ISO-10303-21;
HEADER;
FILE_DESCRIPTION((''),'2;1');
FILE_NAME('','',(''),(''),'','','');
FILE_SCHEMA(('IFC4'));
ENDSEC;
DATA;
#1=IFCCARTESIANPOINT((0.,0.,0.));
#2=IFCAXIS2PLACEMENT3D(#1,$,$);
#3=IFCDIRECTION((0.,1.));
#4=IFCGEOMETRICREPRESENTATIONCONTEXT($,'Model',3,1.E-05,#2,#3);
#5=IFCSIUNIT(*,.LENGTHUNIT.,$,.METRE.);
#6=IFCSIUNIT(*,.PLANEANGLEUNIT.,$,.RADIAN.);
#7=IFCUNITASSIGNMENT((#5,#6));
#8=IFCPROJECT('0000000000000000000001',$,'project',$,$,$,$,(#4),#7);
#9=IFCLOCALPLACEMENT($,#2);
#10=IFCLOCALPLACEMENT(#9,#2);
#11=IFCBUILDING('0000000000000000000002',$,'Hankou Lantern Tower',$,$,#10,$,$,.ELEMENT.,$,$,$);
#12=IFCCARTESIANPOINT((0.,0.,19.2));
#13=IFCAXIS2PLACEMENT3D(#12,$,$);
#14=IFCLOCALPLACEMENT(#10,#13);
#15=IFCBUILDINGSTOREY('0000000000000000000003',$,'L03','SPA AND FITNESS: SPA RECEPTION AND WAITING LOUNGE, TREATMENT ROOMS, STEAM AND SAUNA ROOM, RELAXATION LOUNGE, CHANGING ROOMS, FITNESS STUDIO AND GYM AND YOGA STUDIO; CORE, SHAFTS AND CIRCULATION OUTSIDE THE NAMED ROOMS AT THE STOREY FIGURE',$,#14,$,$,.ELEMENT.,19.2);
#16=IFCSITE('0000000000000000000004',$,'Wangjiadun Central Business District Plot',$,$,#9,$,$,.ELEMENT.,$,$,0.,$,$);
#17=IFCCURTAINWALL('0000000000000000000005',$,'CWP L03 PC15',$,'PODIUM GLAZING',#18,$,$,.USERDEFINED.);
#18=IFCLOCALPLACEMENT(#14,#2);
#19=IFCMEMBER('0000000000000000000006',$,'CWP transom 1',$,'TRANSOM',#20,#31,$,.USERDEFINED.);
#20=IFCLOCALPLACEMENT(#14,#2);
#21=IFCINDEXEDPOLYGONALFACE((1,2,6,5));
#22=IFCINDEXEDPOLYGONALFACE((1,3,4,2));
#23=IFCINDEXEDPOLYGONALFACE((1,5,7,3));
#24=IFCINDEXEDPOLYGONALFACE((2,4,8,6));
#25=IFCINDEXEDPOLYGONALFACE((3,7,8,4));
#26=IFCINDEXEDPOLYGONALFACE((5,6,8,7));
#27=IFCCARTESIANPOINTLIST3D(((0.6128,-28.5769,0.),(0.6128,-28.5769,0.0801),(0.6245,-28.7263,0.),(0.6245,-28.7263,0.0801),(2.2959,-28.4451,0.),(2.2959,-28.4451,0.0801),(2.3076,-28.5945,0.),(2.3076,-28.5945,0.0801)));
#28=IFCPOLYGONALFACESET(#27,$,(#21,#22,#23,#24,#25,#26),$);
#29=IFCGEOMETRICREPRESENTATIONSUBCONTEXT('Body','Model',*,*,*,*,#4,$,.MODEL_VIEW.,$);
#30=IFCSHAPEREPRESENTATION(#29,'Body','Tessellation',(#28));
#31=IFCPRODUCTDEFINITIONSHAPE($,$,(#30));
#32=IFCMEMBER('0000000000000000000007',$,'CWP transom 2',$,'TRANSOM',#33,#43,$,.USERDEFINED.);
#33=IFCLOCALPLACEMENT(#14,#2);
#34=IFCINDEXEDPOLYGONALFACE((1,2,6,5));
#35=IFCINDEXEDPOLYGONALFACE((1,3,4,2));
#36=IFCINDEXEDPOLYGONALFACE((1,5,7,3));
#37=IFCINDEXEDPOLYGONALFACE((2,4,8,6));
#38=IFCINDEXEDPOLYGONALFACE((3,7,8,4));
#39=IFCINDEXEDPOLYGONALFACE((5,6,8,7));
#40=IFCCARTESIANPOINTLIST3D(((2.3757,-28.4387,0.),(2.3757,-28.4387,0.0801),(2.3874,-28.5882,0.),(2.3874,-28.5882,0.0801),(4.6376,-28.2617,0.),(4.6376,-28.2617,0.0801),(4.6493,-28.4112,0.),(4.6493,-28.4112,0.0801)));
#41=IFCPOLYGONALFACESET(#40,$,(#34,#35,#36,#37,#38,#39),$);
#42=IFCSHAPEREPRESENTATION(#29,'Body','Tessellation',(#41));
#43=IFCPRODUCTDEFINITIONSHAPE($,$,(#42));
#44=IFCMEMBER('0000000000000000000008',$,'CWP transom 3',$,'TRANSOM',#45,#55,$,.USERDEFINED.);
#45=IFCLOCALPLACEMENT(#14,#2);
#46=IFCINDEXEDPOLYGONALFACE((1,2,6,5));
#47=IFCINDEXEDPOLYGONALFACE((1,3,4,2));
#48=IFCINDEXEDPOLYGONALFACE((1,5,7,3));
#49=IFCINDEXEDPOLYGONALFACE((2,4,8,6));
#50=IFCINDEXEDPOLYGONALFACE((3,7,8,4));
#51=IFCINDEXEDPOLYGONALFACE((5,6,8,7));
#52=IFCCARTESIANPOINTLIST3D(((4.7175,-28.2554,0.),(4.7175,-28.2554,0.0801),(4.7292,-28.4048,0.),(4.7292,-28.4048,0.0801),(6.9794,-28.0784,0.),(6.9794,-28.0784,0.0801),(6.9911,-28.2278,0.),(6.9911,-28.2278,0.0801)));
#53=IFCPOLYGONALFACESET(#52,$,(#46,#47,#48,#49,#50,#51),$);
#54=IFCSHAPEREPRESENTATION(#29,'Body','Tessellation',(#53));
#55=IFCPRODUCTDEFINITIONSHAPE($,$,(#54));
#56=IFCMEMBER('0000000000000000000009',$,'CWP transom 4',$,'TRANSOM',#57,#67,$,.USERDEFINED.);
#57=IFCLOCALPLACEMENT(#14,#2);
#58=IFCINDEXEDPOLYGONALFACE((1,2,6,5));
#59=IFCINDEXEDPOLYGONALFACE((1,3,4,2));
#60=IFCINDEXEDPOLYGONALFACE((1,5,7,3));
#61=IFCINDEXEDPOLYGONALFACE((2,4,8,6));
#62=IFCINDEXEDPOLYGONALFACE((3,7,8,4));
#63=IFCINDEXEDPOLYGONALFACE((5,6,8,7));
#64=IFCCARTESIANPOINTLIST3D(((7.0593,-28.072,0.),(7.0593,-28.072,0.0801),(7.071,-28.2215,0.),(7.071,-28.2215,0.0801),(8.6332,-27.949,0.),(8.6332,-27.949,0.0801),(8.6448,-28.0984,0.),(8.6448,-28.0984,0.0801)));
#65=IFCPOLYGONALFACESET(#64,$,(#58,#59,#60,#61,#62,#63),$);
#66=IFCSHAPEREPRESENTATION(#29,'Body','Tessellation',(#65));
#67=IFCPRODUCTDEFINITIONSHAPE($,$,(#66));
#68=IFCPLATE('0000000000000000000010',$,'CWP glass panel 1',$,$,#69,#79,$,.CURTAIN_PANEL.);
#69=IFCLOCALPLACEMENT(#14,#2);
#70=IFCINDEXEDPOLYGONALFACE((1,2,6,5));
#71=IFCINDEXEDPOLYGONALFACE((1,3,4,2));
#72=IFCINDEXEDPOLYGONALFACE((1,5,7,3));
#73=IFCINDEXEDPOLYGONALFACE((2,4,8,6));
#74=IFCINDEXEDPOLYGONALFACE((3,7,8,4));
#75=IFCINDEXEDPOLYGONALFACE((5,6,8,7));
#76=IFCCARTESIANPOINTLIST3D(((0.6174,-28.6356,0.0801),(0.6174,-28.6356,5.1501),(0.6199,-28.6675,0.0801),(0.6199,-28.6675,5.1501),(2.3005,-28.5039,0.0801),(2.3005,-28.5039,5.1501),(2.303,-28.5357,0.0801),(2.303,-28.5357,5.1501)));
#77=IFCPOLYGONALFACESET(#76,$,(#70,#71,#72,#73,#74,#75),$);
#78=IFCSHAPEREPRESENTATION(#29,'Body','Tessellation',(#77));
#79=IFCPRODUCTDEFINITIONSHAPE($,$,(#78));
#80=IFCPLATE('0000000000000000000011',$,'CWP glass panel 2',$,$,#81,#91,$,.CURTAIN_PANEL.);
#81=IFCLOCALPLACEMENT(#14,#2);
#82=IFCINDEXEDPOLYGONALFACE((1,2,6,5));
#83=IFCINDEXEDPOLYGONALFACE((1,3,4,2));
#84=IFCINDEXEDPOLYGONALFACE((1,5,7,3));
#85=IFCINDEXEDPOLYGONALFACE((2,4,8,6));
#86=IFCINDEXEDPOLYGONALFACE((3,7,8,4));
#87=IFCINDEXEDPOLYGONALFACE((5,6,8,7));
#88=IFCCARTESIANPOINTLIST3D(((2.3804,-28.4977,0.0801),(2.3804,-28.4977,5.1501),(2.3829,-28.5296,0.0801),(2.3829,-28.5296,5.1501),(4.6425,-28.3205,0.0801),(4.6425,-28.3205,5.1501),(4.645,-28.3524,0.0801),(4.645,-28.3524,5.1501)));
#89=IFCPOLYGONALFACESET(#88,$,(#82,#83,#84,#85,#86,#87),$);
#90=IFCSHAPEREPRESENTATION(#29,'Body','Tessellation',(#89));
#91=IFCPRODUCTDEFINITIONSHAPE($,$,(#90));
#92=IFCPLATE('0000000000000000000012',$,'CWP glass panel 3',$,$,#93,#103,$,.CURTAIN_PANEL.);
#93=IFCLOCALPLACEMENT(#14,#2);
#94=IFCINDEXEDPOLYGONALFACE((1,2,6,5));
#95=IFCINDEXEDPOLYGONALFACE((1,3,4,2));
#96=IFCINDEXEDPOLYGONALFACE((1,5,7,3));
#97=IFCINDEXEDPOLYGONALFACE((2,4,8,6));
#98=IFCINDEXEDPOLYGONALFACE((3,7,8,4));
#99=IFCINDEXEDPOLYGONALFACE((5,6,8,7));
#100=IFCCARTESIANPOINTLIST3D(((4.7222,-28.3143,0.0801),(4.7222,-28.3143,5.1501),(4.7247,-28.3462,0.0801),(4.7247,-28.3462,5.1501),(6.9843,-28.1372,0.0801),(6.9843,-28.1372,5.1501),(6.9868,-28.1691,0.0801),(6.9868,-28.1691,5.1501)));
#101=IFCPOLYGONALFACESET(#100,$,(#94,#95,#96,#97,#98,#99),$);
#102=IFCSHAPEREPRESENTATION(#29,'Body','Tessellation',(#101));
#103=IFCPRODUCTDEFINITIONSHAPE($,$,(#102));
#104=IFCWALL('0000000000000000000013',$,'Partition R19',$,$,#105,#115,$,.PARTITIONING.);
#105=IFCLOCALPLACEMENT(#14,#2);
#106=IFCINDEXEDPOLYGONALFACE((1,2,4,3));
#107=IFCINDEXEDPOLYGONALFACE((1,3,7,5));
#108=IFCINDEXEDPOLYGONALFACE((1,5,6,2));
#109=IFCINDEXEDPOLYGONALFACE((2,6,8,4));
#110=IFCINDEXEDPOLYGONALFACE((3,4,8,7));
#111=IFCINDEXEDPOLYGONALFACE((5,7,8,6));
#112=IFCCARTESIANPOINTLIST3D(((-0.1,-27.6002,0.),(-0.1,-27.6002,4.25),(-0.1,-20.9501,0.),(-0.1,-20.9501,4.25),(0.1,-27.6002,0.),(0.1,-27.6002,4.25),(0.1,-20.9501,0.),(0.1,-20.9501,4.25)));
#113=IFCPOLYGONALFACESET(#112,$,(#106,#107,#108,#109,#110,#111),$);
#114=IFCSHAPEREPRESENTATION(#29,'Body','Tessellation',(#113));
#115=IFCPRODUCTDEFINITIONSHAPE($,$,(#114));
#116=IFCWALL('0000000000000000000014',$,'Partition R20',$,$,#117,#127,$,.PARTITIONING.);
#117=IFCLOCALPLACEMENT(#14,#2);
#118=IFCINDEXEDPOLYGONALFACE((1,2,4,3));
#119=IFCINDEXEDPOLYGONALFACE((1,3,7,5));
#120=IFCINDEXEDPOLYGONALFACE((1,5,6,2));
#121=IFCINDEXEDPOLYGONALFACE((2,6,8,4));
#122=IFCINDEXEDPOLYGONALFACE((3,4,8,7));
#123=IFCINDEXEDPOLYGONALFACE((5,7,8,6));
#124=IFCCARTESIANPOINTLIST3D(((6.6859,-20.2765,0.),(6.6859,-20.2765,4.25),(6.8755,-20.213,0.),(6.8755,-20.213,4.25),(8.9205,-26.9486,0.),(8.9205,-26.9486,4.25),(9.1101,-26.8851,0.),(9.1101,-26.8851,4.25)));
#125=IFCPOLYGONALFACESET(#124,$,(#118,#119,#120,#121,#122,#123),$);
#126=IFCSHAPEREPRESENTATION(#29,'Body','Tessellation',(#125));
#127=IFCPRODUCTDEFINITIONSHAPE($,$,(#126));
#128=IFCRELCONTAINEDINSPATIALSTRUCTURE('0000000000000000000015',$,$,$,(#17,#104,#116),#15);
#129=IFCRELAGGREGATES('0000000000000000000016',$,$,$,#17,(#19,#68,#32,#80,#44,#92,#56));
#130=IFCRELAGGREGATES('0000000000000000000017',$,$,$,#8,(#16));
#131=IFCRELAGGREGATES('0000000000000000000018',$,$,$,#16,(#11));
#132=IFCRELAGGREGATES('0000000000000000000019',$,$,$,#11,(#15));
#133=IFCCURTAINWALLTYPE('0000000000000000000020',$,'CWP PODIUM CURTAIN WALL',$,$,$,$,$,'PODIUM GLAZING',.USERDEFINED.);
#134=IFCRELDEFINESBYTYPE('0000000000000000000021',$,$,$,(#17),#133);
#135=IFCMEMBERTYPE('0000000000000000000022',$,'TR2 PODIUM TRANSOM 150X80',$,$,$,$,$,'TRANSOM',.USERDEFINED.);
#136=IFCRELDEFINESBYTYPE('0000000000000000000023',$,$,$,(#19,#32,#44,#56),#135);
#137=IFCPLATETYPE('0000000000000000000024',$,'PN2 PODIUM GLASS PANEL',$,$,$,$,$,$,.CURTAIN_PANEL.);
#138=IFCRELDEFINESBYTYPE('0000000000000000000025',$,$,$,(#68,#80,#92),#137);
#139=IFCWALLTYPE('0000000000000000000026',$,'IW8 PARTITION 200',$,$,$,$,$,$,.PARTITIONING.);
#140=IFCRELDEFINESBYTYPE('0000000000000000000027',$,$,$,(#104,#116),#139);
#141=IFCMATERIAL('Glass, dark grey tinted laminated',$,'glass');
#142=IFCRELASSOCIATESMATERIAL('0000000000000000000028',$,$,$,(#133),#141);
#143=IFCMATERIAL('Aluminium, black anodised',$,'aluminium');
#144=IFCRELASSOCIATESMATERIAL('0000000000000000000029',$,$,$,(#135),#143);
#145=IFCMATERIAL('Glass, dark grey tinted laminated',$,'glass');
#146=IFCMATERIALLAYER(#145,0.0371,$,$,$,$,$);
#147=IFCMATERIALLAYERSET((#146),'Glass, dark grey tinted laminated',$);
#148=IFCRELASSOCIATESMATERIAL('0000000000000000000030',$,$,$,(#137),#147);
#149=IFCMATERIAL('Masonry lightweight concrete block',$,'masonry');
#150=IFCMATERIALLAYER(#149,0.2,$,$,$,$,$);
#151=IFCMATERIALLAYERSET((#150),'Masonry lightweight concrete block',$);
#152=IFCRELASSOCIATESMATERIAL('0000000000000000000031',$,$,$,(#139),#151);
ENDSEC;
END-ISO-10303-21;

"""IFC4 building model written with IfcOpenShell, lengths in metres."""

from ifc_helpers import new_model, si_unit, direction, frame, frame_2d, origin, origin_2d, place, context, subcontext, project, spatial, rectangle, extrude, material, layer, layer_set, material_profile, profile_set, type_object, element, aggregate, save


model = new_model("IFC4")

# Units and contexts
model_context = context("Model", 3, precision=1e-05, world=origin(), true_north=direction((0.0, 1.0)))
body_context = subcontext(model_context, "Body", "Model", "MODEL_VIEW")
ifc_project = project(units=[si_unit("LENGTHUNIT", "METRE"), si_unit("PLANEANGLEUNIT", "RADIAN")], contexts=[model_context])

# Site, building, storey
site_placement = place(None, origin())
site = spatial("IfcSite", under=ifc_project, at=site_placement, Name="Wangjiadun Central Business District Plot", CompositionType="ELEMENT", RefElevation=0.0)
building_placement = place(site_placement, origin())
building = spatial("IfcBuilding", under=site, at=building_placement, Name="Hankou Lantern Tower", CompositionType="ELEMENT")
storey_placement = place(building_placement, frame((0.0, 0.0, 19.2)))
storey = spatial("IfcBuildingStorey", under=building, at=storey_placement, Name="L03", Description="SPA AND FITNESS: SPA RECEPTION AND WAITING LOUNGE, TREATMENT ROOMS, STEAM AND SAUNA ROOM, RELAXATION LOUNGE, CHANGING ROOMS, FITNESS STUDIO AND GYM AND YOGA STUDIO; CORE, SHAFTS AND CIRCULATION OUTSIDE THE NAMED ROOMS AT THE STOREY FIGURE", CompositionType="ELEMENT", Elevation=19.2)

# Curtain wall
ifc_material_1 = material(Name="Glass, dark grey tinted laminated", Category="glass")
curtain_wall_type = type_object("IfcCurtainWallType", Name="CWP PODIUM CURTAIN WALL", ElementType="PODIUM GLAZING", PredefinedType="USERDEFINED", material=ifc_material_1)
curtain_wall_placement = place(storey_placement, origin())
curtain_wall = element("IfcCurtainWall", 1, at=curtain_wall_placement, inside=storey, type_object=curtain_wall_type, Name="CWP L03 PC15", ObjectType="PODIUM GLAZING", PredefinedType="USERDEFINED")

# Members
ifc_material_2 = material(Name="Aluminium, black anodised", Category="aluminium")
ifc_material_profile_1 = material_profile(ifc_material_2, rectangle(XDim=0.1499, YDim=0.0801, at=origin_2d()), Name="TR2 150X80")
ifc_profile_set_1 = profile_set([ifc_material_profile_1], Name="Aluminium, black anodised")
member_type_1 = type_object("IfcMemberType", Name="TR2 PODIUM TRANSOM 150X80", ElementType="TRANSOM", PredefinedType="USERDEFINED", material=ifc_profile_set_1)
member_1_placement = place(storey_placement, frame((0.6187, -28.6516, 0.04), z_axis=(0.996946, 0.07809, 0.0), x_axis=(-0.07809, 0.996946, 0.0)))
member_1 = element("IfcMember", 2, at=member_1_placement, type_object=member_type_1, Name="CWP transom 1", ObjectType="TRANSOM", PredefinedType="USERDEFINED", context=body_context, shape_type="SweptSolid", body=[
    extrude(rectangle(XDim=0.1499, YDim=0.0801, at=origin_2d()), origin(), (0.0, 0.0, 1.0), 1.6882),
])
member_2_placement = place(storey_placement, frame((2.3816, -28.5134, 0.04), z_axis=(0.996952, 0.078013, 0.0), x_axis=(-0.078013, 0.996952, 0.0)))
member_2 = element("IfcMember", 3, at=member_2_placement, type_object=member_type_1, Name="CWP transom 2", ObjectType="TRANSOM", PredefinedType="USERDEFINED", context=body_context, shape_type="SweptSolid", body=[
    extrude(rectangle(XDim=0.1499, YDim=0.0801, at=origin_2d()), origin(), (0.0, 0.0, 1.0), 2.2688),
])
member_3_placement = place(storey_placement, frame((4.7234, -28.3301, 0.04), z_axis=(0.996952, 0.078013, 0.0), x_axis=(-0.078013, 0.996952, 0.0)))
member_3 = element("IfcMember", 4, at=member_3_placement, type_object=member_type_1, Name="CWP transom 3", ObjectType="TRANSOM", PredefinedType="USERDEFINED", context=body_context, shape_type="SweptSolid", body=[
    extrude(rectangle(XDim=0.1499, YDim=0.0801, at=origin_2d()), origin(), (0.0, 0.0, 1.0), 2.2688),
])
member_4_placement = place(storey_placement, frame((7.0652, -28.1467, 0.04), z_axis=(0.996957, 0.07795, 0.0), x_axis=(-0.07795, 0.996957, 0.0)))
member_4 = element("IfcMember", 5, at=member_4_placement, type_object=member_type_1, Name="CWP transom 4", ObjectType="TRANSOM", PredefinedType="USERDEFINED", context=body_context, shape_type="SweptSolid", body=[
    extrude(rectangle(XDim=0.1499, YDim=0.0801, at=origin_2d()), origin(), (0.0, 0.0, 1.0), 1.5786),
])

# Plates
ifc_material_3 = material(Name="Glass, dark grey tinted laminated", Category="glass")
ifc_layer_1 = layer(ifc_material_3, 0.0371)
ifc_layer_set_1 = layer_set([ifc_layer_1], Name="Glass, dark grey tinted laminated")
plate_type = type_object("IfcPlateType", Name="PN2 PODIUM GLASS PANEL", PredefinedType="CURTAIN_PANEL", material=ifc_layer_set_1)
plate_1_placement = place(storey_placement, frame((1.4602, -28.5857, 0.0801), z_axis=(0.0, 0.0, 1.0), x_axis=(0.996949, 0.078062, 0.0)))
plate_1 = element("IfcPlate", 6, at=plate_1_placement, type_object=plate_type, Name="CWP glass panel 1", PredefinedType="CURTAIN_PANEL", context=body_context, shape_type="SweptSolid", body=[
    extrude(rectangle(XDim=1.6882, YDim=0.032, at=origin_2d()), origin(), (0.0, 0.0, 1.0), 5.0701),
])
plate_2_placement = place(storey_placement, frame((3.5127, -28.425, 0.0801), z_axis=(0.0, 0.0, 1.0), x_axis=(0.996949, 0.078062, 0.0)))
plate_2 = element("IfcPlate", 7, at=plate_2_placement, type_object=plate_type, Name="CWP glass panel 2", PredefinedType="CURTAIN_PANEL", context=body_context, shape_type="SweptSolid", body=[
    extrude(rectangle(XDim=2.269, YDim=0.032, at=origin_2d()), origin(), (0.0, 0.0, 1.0), 5.0701),
])
plate_3_placement = place(storey_placement, frame((5.8545, -28.2417, 0.0801), z_axis=(0.0, 0.0, 1.0), x_axis=(0.996949, 0.078062, 0.0)))
plate_3 = element("IfcPlate", 8, at=plate_3_placement, type_object=plate_type, Name="CWP glass panel 3", PredefinedType="CURTAIN_PANEL", context=body_context, shape_type="SweptSolid", body=[
    extrude(rectangle(XDim=2.269, YDim=0.032, at=origin_2d()), origin(), (0.0, 0.0, 1.0), 5.0701),
])
aggregate(curtain_wall, [member_1, plate_1, member_2, plate_2, member_3, plate_3, member_4])

# Walls
ifc_material_4 = material(Name="Masonry lightweight concrete block", Category="masonry")
ifc_layer_2 = layer(ifc_material_4, 0.2)
ifc_layer_set_2 = layer_set([ifc_layer_2], Name="Masonry lightweight concrete block")
wall_type = type_object("IfcWallType", Name="IW8 PARTITION 200", PredefinedType="PARTITIONING", material=ifc_layer_set_2)
wall_1_placement = place(storey_placement, frame((0.0, -20.95, 0.0), z_axis=(0.0, 0.0, 1.0), x_axis=(0.0, -1.0, 0.0)))
element("IfcWall", 9, at=wall_1_placement, inside=storey, type_object=wall_type, Name="Partition R19", PredefinedType="PARTITIONING", context=body_context, shape_type="SweptSolid", body=[
    extrude(rectangle(XDim=6.6501, YDim=0.2, at=frame_2d((3.3252, 0.0))), origin(), (0.0, 0.0, 1.0), 4.25),
])
wall_2_placement = place(storey_placement, frame((6.7808, -20.2449, 0.0), z_axis=(0.0, 0.0, 1.0), x_axis=(0.317581, -0.948231, 0.0)))
element("IfcWall", 10, at=wall_2_placement, inside=storey, type_object=wall_type, Name="Partition R20", PredefinedType="PARTITIONING", context=body_context, shape_type="SweptSolid", body=[
    extrude(rectangle(XDim=7.0364, YDim=0.2, at=frame_2d((3.5181, 0.0))), origin(), (0.0, 0.0, 1.0), 4.25),
])

save(model, "model.ifc")
